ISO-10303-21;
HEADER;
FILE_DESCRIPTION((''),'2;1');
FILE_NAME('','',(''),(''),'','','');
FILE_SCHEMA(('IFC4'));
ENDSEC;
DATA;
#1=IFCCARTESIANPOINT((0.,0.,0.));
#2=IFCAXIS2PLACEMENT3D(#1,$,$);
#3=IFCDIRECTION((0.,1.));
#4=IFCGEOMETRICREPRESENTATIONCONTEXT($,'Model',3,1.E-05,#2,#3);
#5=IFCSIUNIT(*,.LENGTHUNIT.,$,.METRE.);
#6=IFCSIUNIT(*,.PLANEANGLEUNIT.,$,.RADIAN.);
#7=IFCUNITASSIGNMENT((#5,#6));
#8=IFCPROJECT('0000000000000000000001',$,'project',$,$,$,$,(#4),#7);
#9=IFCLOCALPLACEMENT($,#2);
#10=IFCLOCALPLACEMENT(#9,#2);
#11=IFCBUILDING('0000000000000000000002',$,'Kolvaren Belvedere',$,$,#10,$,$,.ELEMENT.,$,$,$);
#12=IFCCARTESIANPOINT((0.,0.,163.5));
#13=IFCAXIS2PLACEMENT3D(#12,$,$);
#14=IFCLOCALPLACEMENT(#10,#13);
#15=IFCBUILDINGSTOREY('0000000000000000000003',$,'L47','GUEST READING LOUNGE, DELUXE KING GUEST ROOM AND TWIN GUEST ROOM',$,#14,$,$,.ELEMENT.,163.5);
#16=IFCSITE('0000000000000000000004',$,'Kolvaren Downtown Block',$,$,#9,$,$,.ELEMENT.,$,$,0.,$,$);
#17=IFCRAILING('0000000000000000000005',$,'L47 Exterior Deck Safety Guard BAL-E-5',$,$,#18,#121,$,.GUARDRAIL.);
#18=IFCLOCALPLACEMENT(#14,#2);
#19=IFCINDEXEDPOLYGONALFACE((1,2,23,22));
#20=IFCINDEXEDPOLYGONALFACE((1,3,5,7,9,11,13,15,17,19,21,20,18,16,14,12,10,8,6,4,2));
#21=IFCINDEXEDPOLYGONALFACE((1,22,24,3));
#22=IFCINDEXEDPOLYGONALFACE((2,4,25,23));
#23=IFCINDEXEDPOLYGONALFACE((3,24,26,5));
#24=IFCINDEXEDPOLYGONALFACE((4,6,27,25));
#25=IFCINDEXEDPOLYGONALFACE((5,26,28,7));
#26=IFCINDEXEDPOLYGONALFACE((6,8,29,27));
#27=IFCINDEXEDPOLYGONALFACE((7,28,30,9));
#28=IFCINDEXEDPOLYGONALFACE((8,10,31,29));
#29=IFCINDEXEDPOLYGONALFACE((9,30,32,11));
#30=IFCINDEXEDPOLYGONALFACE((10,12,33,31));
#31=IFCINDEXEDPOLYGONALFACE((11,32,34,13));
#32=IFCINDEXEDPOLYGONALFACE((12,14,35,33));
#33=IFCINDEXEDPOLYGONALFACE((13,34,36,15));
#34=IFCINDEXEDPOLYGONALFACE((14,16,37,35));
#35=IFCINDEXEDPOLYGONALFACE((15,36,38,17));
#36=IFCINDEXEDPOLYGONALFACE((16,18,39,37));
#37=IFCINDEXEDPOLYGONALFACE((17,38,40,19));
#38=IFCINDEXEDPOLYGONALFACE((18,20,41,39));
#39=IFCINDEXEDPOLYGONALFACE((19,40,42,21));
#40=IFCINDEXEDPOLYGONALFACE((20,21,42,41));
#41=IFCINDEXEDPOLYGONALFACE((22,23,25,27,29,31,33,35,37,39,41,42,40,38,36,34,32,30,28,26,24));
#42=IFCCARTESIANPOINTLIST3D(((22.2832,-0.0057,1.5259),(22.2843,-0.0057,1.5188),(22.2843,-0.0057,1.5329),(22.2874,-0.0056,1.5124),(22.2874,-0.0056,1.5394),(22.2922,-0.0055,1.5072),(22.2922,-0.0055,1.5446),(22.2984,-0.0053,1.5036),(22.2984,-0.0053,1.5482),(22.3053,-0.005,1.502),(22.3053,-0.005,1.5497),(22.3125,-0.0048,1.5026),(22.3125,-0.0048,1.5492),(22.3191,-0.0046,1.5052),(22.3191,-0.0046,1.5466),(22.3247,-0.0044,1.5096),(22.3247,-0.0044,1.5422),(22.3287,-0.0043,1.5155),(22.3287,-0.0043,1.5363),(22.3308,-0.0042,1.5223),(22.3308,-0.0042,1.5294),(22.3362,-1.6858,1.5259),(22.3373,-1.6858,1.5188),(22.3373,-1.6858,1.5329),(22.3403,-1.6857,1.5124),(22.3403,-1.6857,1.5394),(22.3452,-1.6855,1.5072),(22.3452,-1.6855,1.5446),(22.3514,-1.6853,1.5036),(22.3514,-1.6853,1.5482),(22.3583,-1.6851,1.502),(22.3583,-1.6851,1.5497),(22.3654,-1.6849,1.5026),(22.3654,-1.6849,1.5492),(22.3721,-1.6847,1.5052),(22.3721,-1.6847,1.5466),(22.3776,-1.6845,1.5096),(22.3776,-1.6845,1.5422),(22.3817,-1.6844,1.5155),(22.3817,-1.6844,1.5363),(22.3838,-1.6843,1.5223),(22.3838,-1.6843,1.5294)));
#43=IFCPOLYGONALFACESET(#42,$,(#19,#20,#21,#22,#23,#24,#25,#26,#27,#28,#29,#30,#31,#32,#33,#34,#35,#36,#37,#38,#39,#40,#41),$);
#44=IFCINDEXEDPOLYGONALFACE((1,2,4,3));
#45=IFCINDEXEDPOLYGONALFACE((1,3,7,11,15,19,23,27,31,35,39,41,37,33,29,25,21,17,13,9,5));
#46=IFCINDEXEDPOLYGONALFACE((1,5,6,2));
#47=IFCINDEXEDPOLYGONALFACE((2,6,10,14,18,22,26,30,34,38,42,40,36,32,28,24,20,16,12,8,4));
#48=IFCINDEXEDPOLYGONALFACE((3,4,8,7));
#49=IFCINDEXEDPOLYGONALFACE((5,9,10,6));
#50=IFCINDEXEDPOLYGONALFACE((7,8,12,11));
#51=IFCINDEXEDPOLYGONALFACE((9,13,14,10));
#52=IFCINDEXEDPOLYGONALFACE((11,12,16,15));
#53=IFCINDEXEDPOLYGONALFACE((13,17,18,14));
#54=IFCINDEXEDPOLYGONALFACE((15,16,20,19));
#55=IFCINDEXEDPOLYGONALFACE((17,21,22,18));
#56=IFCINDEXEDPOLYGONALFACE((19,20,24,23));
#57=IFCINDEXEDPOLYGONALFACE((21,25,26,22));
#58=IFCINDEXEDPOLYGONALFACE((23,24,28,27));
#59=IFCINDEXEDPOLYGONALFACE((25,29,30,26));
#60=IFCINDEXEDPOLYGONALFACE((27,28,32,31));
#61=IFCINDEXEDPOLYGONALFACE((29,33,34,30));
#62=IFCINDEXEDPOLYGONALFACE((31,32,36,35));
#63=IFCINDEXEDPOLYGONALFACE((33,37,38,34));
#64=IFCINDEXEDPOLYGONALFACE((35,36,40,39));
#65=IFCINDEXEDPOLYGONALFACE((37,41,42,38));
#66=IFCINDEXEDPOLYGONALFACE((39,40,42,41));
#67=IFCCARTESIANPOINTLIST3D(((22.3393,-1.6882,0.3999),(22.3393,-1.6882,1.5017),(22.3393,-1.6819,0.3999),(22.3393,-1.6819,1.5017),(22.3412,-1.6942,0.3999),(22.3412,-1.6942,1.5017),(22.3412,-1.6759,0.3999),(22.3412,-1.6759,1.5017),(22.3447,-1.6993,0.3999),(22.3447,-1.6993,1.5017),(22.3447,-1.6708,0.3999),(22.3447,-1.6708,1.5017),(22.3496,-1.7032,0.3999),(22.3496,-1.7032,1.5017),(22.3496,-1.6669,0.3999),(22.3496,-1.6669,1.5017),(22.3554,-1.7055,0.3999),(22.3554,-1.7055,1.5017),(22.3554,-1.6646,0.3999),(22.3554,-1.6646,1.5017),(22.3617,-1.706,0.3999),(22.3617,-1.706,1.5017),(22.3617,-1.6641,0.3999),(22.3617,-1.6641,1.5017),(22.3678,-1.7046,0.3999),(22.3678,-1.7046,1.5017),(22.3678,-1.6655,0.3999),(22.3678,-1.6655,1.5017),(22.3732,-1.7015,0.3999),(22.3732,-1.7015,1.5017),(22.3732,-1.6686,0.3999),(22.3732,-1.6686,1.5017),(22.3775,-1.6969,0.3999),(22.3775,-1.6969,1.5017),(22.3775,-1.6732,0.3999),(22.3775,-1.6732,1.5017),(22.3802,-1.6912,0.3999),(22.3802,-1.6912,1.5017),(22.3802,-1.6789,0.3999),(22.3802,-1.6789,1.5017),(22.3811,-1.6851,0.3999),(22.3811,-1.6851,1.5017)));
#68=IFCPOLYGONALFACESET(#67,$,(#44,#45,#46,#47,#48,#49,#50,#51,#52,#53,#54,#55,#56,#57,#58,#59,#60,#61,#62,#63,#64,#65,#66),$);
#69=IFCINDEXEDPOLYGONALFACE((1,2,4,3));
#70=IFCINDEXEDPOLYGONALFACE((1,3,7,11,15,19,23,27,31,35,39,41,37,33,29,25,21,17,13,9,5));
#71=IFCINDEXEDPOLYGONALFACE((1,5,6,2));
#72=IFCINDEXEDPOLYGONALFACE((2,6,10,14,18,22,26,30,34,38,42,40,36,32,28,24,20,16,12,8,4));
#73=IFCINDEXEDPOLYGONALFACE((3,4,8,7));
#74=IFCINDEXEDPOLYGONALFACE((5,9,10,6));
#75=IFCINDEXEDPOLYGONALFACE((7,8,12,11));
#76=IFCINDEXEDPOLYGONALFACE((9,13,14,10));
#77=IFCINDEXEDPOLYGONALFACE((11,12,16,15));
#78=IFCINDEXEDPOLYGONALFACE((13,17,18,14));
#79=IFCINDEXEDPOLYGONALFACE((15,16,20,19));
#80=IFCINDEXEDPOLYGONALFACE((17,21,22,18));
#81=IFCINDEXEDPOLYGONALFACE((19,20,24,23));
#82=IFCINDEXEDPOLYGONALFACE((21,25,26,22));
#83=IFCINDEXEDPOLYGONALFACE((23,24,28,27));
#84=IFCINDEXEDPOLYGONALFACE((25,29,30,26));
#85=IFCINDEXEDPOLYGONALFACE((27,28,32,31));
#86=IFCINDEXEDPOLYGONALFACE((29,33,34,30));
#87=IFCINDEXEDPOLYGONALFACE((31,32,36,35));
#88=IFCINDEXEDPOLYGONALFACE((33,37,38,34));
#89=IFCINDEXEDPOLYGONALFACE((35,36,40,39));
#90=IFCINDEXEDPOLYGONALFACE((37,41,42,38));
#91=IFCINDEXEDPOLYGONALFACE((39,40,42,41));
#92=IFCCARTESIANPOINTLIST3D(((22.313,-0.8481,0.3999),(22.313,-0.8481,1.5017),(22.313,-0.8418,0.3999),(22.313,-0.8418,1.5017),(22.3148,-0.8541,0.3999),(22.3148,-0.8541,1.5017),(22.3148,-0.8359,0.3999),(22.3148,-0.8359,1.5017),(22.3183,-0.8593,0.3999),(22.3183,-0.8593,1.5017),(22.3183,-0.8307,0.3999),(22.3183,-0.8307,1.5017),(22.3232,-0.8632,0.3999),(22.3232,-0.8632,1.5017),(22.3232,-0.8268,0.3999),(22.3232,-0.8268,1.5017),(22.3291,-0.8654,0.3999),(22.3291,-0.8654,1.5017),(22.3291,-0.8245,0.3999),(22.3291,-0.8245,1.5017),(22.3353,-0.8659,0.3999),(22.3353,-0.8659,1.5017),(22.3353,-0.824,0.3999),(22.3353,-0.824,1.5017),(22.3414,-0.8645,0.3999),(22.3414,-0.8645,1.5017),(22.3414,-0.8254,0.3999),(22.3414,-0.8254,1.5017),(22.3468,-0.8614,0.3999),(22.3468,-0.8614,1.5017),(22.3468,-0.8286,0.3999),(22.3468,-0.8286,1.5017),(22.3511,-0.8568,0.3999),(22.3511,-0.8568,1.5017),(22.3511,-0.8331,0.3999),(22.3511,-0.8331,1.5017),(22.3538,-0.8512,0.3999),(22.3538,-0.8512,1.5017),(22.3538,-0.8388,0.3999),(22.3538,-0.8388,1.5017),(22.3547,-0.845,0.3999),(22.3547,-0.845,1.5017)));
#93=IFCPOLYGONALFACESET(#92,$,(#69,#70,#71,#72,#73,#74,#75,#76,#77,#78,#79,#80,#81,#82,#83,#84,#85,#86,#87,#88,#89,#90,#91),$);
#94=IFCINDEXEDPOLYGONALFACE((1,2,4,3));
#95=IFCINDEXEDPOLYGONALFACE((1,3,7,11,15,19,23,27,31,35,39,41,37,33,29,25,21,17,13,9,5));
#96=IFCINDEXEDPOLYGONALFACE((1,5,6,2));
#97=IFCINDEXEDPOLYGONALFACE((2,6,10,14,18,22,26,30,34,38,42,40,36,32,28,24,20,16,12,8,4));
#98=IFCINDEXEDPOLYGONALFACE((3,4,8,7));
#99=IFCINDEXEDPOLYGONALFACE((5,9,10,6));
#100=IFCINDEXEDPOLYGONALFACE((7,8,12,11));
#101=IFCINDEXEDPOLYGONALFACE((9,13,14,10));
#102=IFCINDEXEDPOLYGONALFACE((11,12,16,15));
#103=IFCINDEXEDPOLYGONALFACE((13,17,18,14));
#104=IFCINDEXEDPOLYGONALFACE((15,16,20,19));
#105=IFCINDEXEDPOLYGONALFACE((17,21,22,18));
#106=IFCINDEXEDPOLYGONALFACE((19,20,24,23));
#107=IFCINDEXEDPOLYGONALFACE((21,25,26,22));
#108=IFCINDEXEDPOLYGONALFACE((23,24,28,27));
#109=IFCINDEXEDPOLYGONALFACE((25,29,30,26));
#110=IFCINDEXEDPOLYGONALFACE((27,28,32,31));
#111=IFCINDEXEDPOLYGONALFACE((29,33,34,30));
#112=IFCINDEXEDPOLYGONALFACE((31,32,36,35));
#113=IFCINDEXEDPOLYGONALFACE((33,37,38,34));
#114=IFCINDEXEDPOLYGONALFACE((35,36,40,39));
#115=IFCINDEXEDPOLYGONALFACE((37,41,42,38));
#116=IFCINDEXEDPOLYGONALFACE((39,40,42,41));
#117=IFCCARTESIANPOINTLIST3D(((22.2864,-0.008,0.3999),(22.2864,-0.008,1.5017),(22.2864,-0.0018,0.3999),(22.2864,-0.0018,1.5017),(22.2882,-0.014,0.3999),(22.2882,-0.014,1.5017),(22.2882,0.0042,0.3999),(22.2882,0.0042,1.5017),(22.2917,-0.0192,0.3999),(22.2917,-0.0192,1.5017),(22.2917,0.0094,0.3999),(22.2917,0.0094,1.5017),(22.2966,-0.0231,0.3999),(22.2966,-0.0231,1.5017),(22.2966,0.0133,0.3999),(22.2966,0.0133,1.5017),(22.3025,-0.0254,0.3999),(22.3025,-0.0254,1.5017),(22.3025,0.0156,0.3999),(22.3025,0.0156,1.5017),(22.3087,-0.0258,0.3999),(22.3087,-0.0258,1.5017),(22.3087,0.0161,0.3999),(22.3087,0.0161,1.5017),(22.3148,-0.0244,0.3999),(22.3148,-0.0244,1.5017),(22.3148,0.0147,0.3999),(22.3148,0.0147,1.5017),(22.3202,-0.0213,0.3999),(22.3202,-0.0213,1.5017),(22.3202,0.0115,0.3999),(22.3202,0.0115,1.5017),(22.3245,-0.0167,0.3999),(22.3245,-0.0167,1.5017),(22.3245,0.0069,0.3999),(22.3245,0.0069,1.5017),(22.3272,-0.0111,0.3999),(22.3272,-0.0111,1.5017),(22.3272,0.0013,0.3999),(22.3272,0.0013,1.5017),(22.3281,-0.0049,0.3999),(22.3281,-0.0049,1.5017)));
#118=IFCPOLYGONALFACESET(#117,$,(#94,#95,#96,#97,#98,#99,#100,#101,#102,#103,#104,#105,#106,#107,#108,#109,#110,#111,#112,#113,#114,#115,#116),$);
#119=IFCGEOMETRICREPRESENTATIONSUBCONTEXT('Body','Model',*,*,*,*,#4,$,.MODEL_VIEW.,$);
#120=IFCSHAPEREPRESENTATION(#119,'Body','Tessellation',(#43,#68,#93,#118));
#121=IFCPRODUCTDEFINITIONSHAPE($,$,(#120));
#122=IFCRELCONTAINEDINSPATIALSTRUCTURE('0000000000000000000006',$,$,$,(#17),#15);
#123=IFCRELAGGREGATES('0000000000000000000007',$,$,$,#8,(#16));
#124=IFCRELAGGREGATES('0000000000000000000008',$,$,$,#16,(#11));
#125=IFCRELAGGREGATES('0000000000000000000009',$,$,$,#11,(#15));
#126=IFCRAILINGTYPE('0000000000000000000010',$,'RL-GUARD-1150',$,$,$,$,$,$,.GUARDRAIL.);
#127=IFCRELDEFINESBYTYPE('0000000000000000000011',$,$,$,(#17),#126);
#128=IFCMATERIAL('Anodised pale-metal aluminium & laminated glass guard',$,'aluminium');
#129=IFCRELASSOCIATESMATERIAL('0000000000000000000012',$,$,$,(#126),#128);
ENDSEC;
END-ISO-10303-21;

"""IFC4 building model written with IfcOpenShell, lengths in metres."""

from ifc_helpers import new_model, si_unit, direction, frame, origin, origin_2d, place, context, subcontext, project, spatial, circle, extrude, material, type_object, element, save


model = new_model("IFC4")

# Units and contexts
model_context = context("Model", 3, precision=1e-05, world=origin(), true_north=direction((0.0, 1.0)))
body_context = subcontext(model_context, "Body", "Model", "MODEL_VIEW")
ifc_project = project(units=[si_unit("LENGTHUNIT", "METRE"), si_unit("PLANEANGLEUNIT", "RADIAN")], contexts=[model_context])

# Site, building, storey
site_placement = place(None, origin())
site = spatial("IfcSite", under=ifc_project, at=site_placement, Name="Kolvaren Downtown Block", CompositionType="ELEMENT", RefElevation=0.0)
building_placement = place(site_placement, origin())
building = spatial("IfcBuilding", under=site, at=building_placement, Name="Kolvaren Belvedere", CompositionType="ELEMENT")
storey_placement = place(building_placement, frame((0.0, 0.0, 163.5)))
storey = spatial("IfcBuildingStorey", under=building, at=storey_placement, Name="L47", Description="GUEST READING LOUNGE, DELUXE KING GUEST ROOM AND TWIN GUEST ROOM", CompositionType="ELEMENT", Elevation=163.5)

# Railing
ifc_material_1 = material(Name="Anodised pale-metal aluminium & laminated glass guard", Category="aluminium")
railing_type = type_object("IfcRailingType", Name="RL-GUARD-1150", PredefinedType="GUARDRAIL", material=ifc_material_1)
railing_1_placement = place(storey_placement, frame((22.3601, -1.6851, 0.3999)))
element("IfcRailing", 1, at=railing_1_placement, inside=storey, type_object=railing_type, Name="L47 Exterior Deck Safety Guard BAL-E-5", PredefinedType="GUARDRAIL", context=body_context, shape_type="SweptSolid", body=[
    extrude(circle(Radius=0.0239, at=origin_2d()), frame((0.0, 0.0, 1.126), z_axis=(-0.031516, 0.999503, 0.0), x_axis=(-0.999503, -0.031516, 0.0)), (0.0, 0.0, 1.0), 1.6809),
    extrude(circle(Radius=0.021, at=origin_2d()), origin(), (0.0, 0.0, 1.0), 1.1018),
    extrude(circle(Radius=0.021, at=origin_2d()), frame((-0.0264, 0.8401, 0.0)), (0.0, 0.0, 1.0), 1.1018),
    extrude(circle(Radius=0.021, at=origin_2d()), frame((-0.053, 1.6802, 0.0)), (0.0, 0.0, 1.0), 1.1018),
])

save(model, "model.ifc")
